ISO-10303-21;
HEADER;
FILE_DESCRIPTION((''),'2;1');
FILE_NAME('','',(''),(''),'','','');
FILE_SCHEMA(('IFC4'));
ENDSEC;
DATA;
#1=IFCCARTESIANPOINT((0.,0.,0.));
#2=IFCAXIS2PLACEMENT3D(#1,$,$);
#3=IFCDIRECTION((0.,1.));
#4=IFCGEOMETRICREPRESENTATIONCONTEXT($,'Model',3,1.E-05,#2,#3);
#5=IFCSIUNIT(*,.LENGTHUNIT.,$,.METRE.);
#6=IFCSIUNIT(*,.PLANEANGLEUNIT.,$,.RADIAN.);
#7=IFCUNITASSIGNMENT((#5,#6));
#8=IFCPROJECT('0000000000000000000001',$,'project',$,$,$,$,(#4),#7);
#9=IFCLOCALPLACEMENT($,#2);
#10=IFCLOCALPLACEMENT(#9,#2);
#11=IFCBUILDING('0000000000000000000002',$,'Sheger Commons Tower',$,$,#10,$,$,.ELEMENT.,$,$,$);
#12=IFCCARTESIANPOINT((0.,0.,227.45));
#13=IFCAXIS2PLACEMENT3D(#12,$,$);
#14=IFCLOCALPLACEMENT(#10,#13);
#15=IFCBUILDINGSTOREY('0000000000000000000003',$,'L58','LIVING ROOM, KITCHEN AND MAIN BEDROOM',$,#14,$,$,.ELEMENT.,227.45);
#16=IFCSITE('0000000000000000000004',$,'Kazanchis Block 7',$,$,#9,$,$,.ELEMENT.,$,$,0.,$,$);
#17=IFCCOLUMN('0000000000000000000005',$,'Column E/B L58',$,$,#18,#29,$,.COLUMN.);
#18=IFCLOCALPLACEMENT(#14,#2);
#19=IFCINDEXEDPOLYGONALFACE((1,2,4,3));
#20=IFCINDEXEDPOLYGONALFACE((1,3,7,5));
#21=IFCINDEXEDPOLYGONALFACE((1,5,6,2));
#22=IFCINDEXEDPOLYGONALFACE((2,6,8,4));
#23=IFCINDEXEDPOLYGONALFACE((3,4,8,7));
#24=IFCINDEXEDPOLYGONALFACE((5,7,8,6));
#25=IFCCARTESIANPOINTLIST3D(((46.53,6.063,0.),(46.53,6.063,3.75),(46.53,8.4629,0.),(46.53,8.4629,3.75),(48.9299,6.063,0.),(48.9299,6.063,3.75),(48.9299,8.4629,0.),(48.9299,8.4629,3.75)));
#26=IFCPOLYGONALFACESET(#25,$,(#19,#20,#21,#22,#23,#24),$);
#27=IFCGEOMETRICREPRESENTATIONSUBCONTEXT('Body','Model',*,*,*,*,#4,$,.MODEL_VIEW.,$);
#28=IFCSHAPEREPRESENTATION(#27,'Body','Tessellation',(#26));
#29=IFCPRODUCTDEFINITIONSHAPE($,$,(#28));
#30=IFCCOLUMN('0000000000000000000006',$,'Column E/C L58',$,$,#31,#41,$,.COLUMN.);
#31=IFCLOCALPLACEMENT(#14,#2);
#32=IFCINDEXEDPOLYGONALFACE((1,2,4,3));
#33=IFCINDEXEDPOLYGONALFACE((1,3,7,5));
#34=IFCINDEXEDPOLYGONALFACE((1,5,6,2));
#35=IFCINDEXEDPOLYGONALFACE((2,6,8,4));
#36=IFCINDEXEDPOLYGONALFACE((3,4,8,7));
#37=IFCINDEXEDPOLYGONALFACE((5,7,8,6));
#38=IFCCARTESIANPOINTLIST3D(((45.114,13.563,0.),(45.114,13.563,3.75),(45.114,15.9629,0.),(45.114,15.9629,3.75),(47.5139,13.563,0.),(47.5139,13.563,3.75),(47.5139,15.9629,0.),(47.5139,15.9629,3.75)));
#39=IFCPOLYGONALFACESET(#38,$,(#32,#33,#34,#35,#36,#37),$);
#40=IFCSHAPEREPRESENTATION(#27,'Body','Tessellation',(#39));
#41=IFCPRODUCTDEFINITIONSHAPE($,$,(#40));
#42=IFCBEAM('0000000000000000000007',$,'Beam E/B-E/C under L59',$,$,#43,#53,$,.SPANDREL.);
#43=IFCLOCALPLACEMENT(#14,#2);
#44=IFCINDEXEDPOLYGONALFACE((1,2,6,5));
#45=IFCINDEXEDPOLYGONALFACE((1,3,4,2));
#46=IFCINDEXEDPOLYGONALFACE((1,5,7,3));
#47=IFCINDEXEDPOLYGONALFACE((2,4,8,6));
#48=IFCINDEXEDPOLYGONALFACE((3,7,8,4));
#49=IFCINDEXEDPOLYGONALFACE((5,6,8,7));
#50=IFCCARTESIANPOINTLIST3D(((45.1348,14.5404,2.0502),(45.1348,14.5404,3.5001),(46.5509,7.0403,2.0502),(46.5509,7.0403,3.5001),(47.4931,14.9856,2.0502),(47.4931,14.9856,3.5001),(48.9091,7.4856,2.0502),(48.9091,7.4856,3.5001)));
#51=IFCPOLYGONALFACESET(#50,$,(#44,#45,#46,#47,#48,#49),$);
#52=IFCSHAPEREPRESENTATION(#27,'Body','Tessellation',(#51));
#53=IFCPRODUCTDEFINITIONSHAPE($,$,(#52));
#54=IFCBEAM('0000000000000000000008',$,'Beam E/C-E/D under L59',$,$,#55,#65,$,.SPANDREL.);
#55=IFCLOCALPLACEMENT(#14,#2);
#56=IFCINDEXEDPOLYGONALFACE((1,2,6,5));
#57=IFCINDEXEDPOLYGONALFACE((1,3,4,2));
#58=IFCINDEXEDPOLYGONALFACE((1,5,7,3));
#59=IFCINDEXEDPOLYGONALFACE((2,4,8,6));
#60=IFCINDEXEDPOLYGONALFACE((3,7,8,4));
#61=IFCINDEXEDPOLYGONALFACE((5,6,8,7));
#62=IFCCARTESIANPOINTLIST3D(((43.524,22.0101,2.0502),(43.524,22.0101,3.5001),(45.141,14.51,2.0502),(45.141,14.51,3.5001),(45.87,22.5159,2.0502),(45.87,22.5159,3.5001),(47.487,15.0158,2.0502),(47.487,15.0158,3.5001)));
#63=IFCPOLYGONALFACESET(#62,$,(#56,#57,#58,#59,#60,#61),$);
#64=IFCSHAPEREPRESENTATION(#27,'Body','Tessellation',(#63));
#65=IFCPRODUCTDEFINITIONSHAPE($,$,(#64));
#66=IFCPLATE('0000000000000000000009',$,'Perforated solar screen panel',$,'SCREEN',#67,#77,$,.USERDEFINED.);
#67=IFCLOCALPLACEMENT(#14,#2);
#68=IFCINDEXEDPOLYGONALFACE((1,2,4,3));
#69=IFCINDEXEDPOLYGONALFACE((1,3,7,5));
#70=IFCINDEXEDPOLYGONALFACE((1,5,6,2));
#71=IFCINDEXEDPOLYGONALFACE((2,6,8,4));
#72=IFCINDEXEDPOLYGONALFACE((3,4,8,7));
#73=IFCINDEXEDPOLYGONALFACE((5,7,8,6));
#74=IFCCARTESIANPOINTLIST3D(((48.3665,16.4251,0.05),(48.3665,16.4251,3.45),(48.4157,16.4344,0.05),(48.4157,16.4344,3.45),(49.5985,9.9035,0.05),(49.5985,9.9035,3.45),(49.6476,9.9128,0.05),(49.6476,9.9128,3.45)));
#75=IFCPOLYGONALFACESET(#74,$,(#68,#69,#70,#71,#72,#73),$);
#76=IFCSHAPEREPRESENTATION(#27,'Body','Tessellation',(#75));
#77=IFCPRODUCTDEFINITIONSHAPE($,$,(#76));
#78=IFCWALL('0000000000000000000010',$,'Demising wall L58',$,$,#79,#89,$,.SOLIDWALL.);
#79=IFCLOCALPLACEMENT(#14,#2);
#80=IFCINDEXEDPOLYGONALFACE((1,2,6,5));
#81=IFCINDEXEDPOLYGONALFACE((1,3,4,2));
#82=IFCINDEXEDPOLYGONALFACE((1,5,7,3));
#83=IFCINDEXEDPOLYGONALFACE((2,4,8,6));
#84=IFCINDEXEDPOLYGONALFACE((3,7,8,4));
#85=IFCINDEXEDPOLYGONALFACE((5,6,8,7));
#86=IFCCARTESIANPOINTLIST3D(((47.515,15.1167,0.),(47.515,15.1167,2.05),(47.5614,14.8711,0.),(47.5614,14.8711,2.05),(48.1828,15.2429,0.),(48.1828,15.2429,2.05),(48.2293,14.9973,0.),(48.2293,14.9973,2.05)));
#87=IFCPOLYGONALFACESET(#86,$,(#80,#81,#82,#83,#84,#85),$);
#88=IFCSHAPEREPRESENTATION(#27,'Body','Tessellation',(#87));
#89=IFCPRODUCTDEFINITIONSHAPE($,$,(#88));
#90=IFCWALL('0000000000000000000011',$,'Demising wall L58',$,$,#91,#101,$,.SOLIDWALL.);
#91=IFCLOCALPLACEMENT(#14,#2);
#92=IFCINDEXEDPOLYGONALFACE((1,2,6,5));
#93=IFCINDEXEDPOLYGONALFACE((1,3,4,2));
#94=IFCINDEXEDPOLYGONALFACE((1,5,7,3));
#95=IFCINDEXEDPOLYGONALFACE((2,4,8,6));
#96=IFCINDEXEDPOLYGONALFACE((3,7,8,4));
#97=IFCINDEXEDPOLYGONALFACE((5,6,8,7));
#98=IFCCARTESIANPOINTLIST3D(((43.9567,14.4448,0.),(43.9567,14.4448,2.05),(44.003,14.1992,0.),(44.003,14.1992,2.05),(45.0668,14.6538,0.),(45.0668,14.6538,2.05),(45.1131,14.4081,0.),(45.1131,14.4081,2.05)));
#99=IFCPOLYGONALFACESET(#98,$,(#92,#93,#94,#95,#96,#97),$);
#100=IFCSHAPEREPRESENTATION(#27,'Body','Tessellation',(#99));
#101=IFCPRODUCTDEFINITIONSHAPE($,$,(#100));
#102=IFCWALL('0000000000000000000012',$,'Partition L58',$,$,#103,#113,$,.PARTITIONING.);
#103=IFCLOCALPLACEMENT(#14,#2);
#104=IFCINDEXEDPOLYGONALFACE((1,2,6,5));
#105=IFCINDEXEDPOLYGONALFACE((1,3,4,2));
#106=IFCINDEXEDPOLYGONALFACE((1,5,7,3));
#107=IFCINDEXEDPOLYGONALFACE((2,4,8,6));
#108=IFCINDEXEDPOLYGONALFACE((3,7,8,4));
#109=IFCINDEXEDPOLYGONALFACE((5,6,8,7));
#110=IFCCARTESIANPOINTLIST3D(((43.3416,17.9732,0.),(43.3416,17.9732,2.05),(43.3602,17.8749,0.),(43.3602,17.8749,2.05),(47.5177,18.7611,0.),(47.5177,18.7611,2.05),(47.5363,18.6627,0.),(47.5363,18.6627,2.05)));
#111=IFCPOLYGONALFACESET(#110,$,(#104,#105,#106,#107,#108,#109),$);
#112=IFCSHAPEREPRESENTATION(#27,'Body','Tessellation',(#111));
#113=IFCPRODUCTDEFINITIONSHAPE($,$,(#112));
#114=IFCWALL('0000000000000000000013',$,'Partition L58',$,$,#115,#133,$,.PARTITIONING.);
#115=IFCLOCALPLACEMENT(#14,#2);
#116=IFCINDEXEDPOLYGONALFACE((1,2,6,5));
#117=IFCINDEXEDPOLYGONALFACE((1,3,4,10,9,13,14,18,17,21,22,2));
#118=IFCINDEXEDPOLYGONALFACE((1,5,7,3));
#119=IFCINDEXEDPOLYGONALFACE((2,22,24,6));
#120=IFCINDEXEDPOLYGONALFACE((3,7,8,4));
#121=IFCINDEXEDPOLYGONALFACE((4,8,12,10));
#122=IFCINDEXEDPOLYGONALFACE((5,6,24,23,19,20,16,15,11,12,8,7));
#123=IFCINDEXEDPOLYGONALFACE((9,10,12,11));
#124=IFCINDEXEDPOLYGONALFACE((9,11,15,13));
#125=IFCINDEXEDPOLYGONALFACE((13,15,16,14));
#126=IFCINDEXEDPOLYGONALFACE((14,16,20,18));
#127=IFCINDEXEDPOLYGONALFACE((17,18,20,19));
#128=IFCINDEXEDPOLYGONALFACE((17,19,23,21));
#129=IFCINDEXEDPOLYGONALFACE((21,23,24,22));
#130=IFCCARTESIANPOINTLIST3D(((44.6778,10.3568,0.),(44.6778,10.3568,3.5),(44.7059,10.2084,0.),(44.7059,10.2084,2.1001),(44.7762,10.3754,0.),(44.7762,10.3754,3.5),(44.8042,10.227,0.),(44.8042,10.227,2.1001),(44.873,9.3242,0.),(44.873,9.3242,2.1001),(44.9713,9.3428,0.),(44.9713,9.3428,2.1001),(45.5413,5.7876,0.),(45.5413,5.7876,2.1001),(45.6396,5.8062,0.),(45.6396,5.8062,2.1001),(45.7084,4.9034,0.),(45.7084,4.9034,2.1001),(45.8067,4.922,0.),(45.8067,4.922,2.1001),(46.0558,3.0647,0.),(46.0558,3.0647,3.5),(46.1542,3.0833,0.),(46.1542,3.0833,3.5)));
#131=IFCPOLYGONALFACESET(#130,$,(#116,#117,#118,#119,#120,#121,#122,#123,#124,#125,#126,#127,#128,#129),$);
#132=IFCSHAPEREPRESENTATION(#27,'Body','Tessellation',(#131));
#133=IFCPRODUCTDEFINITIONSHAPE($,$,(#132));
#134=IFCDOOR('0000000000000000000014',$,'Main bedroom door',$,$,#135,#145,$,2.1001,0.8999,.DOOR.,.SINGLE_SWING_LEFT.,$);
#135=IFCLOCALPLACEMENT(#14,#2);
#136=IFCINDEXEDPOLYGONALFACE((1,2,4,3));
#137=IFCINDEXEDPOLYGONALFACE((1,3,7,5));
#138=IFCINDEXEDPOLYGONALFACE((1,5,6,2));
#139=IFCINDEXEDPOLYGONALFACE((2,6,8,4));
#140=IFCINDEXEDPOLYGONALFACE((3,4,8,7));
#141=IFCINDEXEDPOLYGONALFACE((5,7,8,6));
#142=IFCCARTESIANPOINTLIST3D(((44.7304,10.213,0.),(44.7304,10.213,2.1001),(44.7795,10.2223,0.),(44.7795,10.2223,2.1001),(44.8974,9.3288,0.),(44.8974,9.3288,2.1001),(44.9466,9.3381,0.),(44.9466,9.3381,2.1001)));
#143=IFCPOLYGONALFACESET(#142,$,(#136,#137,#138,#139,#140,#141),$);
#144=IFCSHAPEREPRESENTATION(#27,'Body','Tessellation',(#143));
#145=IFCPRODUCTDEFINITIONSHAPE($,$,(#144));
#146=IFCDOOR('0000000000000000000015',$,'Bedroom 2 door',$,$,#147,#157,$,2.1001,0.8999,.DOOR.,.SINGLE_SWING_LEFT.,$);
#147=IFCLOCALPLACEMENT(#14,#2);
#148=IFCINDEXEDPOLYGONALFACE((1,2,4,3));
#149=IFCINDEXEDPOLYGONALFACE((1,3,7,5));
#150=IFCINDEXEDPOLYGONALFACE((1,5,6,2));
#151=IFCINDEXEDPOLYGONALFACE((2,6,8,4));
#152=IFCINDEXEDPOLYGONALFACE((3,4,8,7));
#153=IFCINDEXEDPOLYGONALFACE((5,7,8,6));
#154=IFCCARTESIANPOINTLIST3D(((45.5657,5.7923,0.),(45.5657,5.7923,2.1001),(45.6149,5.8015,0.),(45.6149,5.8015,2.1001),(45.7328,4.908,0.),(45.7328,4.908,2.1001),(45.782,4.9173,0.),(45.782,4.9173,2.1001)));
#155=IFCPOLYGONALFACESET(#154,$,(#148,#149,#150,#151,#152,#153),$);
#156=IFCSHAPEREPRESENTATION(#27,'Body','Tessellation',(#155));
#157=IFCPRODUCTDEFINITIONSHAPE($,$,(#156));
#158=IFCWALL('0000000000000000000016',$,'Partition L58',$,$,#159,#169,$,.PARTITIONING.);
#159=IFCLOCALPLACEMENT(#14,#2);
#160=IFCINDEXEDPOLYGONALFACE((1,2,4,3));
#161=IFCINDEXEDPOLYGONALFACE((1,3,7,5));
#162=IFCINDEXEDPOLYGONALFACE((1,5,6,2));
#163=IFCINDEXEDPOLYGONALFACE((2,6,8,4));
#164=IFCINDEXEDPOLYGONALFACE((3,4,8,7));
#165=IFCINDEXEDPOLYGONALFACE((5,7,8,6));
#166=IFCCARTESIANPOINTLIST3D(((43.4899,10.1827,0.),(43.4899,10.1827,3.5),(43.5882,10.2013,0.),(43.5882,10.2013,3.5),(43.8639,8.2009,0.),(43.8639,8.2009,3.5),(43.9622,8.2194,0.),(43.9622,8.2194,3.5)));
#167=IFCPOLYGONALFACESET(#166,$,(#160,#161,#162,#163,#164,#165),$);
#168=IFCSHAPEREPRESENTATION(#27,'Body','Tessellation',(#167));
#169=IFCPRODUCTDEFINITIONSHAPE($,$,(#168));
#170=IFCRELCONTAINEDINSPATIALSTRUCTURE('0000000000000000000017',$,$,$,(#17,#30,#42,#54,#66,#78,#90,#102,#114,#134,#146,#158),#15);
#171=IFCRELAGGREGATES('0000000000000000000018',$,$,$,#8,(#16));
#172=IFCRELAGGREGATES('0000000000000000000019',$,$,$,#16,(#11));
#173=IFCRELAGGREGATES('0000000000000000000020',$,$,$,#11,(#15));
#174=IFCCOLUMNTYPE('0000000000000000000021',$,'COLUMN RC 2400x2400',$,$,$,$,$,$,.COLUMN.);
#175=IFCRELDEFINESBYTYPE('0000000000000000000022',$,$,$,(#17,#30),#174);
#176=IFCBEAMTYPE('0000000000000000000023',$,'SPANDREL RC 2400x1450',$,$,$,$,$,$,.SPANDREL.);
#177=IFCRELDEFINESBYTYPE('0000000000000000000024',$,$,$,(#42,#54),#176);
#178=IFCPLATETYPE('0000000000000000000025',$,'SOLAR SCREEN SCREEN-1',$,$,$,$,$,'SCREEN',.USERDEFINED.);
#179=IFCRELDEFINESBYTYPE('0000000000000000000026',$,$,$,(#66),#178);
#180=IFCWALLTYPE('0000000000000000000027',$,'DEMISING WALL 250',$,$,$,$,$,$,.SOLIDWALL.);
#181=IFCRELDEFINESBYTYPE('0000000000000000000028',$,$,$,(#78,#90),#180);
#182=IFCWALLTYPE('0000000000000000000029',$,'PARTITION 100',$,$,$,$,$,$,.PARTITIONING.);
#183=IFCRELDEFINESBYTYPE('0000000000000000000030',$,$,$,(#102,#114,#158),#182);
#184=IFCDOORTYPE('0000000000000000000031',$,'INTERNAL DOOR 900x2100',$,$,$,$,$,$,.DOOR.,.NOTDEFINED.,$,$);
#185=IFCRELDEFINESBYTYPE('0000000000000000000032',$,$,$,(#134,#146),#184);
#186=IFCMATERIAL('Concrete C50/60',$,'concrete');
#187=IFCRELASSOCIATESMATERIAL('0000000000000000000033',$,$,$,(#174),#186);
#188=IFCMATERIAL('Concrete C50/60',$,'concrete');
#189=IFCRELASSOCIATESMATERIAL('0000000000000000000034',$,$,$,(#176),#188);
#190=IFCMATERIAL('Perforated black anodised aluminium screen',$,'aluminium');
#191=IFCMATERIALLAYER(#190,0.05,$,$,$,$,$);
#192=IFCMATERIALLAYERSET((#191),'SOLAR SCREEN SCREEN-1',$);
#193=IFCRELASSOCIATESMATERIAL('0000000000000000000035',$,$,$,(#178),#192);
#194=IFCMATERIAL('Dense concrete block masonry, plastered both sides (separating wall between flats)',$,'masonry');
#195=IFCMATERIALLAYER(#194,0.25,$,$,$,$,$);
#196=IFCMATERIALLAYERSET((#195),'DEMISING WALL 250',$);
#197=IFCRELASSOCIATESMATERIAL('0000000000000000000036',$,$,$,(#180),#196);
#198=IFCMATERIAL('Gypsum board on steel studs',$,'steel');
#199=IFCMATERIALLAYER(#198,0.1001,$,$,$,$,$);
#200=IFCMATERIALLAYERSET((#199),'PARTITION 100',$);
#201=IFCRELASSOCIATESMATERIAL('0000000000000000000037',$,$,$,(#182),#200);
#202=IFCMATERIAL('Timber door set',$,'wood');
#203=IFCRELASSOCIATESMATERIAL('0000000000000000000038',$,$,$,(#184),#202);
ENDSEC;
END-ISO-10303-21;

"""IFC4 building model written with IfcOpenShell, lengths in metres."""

from ifc_helpers import new_model, si_unit, direction, frame, frame_2d, origin, origin_2d, place, context, subcontext, project, spatial, rectangle, extrude, material, layer, layer_set, material_profile, profile_set, type_object, element, fill, save


model = new_model("IFC4")

# Units and contexts
model_context = context("Model", 3, precision=1e-05, world=origin(), true_north=direction((0.0, 1.0)))
body_context = subcontext(model_context, "Body", "Model", "MODEL_VIEW")
ifc_project = project(units=[si_unit("LENGTHUNIT", "METRE"), si_unit("PLANEANGLEUNIT", "RADIAN")], contexts=[model_context])

# Site, building, storey
site_placement = place(None, origin())
site = spatial("IfcSite", under=ifc_project, at=site_placement, Name="Kazanchis Block 7", CompositionType="ELEMENT", RefElevation=0.0)
building_placement = place(site_placement, origin())
building = spatial("IfcBuilding", under=site, at=building_placement, Name="Sheger Commons Tower", CompositionType="ELEMENT")
storey_placement = place(building_placement, frame((0.0, 0.0, 227.45)))
storey = spatial("IfcBuildingStorey", under=building, at=storey_placement, Name="L58", Description="LIVING ROOM, KITCHEN AND MAIN BEDROOM", CompositionType="ELEMENT", Elevation=227.45)

# Columns
ifc_material_1 = material(Name="Concrete C50/60", Category="concrete")
ifc_material_profile_1 = material_profile(ifc_material_1, rectangle(XDim=2.3999, YDim=2.3999, at=origin_2d()), Name="RC 2400x2400")
ifc_profile_set_1 = profile_set([ifc_material_profile_1], Name="Concrete C50/60")
column_type = type_object("IfcColumnType", Name="COLUMN RC 2400x2400", PredefinedType="COLUMN", material=ifc_profile_set_1)
for number, where, z_axis, x_axis, name in (
    (1, (47.73, 7.2629, 0.0), (0.0, 0.0, 1.0), (1.0, 0.0, 0.0), "Column E/B L58"),
    (2, (46.314, 14.7629, 0.0), (0.0, 0.0, 1.0), (1.0, 0.0, 0.0), "Column E/C L58"),
):
    element("IfcColumn", number, at=place(storey_placement, frame(where, z_axis=z_axis, x_axis=x_axis)), inside=storey, type_object=column_type, Name=name, PredefinedType="COLUMN", context=body_context, shape_type="SweptSolid", body=[
        extrude(rectangle(XDim=2.3999, YDim=2.3999, at=origin_2d()), origin(), (0.0, 0.0, 1.0), 3.75),
    ])

# Beams
ifc_material_2 = material(Name="Concrete C50/60", Category="concrete")
ifc_material_profile_2 = material_profile(ifc_material_2, rectangle(XDim=2.3999, YDim=1.45, at=origin_2d()), Name="RC 2400x1450")
ifc_profile_set_2 = profile_set([ifc_material_profile_2], Name="Concrete C50/60")
beam_type = type_object("IfcBeamType", Name="SPANDREL RC 2400x1450", PredefinedType="SPANDREL", material=ifc_profile_set_2)
beam_1_placement = place(storey_placement, frame((47.73, 7.2629, 2.7751), z_axis=(-0.185524, 0.98264, 0.0), x_axis=(-0.98264, -0.185524, 0.0)))
element("IfcBeam", 3, at=beam_1_placement, inside=storey, type_object=beam_type, Name="Beam E/B-E/C under L59", PredefinedType="SPANDREL", context=body_context, shape_type="SweptSolid", body=[
    extrude(rectangle(XDim=2.3999, YDim=1.45, at=origin_2d()), origin(), (0.0, 0.0, 1.0), 7.6326),
])
beam_2_placement = place(storey_placement, frame((46.314, 14.7629, 2.7751), z_axis=(-0.21075, 0.97754, 0.0), x_axis=(-0.97754, -0.21075, 0.0)))
element("IfcBeam", 4, at=beam_2_placement, inside=storey, type_object=beam_type, Name="Beam E/C-E/D under L59", PredefinedType="SPANDREL", context=body_context, shape_type="SweptSolid", body=[
    extrude(rectangle(XDim=2.3999, YDim=1.45, at=origin_2d()), origin(), (0.0, 0.0, 1.0), 7.6724),
])

# Plate
ifc_material_3 = material(Name="Perforated black anodised aluminium screen", Category="aluminium")
ifc_layer_1 = layer(ifc_material_3, 0.05)
ifc_layer_set_1 = layer_set([ifc_layer_1], Name="SOLAR SCREEN SCREEN-1")
plate_type = type_object("IfcPlateType", Name="SOLAR SCREEN SCREEN-1", ElementType="SCREEN", PredefinedType="USERDEFINED", material=ifc_layer_set_1)
plate_placement = place(storey_placement, frame((49.0071, 13.1689, 0.05), z_axis=(0.0, 0.0, 1.0), x_axis=(-0.185615, 0.982623, 0.0)))
element("IfcPlate", 5, at=plate_placement, inside=storey, type_object=plate_type, Name="Perforated solar screen panel", ObjectType="SCREEN", PredefinedType="USERDEFINED", context=body_context, shape_type="SweptSolid", body=[
    extrude(rectangle(XDim=6.637, YDim=0.05, at=origin_2d()), origin(), (0.0, 0.0, 1.0), 3.3999),
])

# Walls
ifc_material_4 = material(Name="Dense concrete block masonry, plastered both sides (separating wall between flats)", Category="masonry")
ifc_layer_2 = layer(ifc_material_4, 0.25)
ifc_layer_set_2 = layer_set([ifc_layer_2], Name="DEMISING WALL 250")
wall_type_1 = type_object("IfcWallType", Name="DEMISING WALL 250", PredefinedType="SOLIDWALL", material=ifc_layer_set_2)
wall_1_placement = place(storey_placement, frame((48.2061, 15.1201, 0.0), z_axis=(0.0, 0.0, 1.0), x_axis=(-0.982611, -0.185676, 0.0)))
element("IfcWall", 6, at=wall_1_placement, inside=storey, type_object=wall_type_1, Name="Demising wall L58", PredefinedType="SOLIDWALL", context=body_context, shape_type="SweptSolid", body=[
    extrude(rectangle(XDim=0.6797, YDim=0.25, at=frame_2d((0.3398, 0.0))), origin(), (0.0, 0.0, 1.0), 2.05),
])
wall_2_placement = place(storey_placement, frame((45.0901, 14.531, 0.0), z_axis=(0.0, 0.0, 1.0), x_axis=(-0.982737, -0.185006, 0.0)))
element("IfcWall", 7, at=wall_2_placement, inside=storey, type_object=wall_type_1, Name="Demising wall L58", PredefinedType="SOLIDWALL", context=body_context, shape_type="SweptSolid", body=[
    extrude(rectangle(XDim=1.1296, YDim=0.25, at=frame_2d((0.5649, 0.0))), origin(), (0.0, 0.0, 1.0), 2.05),
])
ifc_material_5 = material(Name="Gypsum board on steel studs", Category="steel")
ifc_layer_3 = layer(ifc_material_5, 0.1001)
ifc_layer_set_3 = layer_set([ifc_layer_3], Name="PARTITION 100")
wall_type_2 = type_object("IfcWallType", Name="PARTITION 100", PredefinedType="PARTITIONING", material=ifc_layer_set_3)
wall_3_placement = place(storey_placement, frame((47.5271, 18.7119, 0.0), z_axis=(0.0, 0.0, 1.0), x_axis=(-0.982665, -0.185388, 0.0)))
element("IfcWall", 8, at=wall_3_placement, inside=storey, type_object=wall_type_2, Name="Partition L58", PredefinedType="PARTITIONING", context=body_context, shape_type="SweptSolid", body=[
    extrude(rectangle(XDim=4.2498, YDim=0.1001, at=frame_2d((2.125, 0.0))), origin(), (0.0, 0.0, 1.0), 2.05),
])

# Wall, openings, doors
wall_4_placement = place(storey_placement, frame((44.7271, 10.366, 0.0), z_axis=(0.0, 0.0, 1.0), x_axis=(0.185679, -0.98261, 0.0)))
wall_4 = element("IfcWall", 9, at=wall_4_placement, inside=storey, type_object=wall_type_2, Name="Partition L58", PredefinedType="PARTITIONING", context=body_context, shape_type="SweptSolid", body=[
    extrude(rectangle(XDim=7.4211, YDim=0.1001, at=frame_2d((3.7104, 0.0))), origin(), (0.0, 0.0, 1.0), 3.5),
])
opening_1_placement = place(wall_4_placement, frame((0.1509, 0.0, 0.0)))
opening_1 = element("IfcOpeningElement", 10, at=opening_1_placement, cuts=wall_4, PredefinedType="OPENING", context=body_context, shape_type="SweptSolid", body=[
    extrude(rectangle(XDim=0.8999, YDim=2.1001, at=frame_2d((0.45, 1.05))), frame((0.0, 0.0601, 0.0), z_axis=(0.0, -1.0, 0.0), x_axis=(1.0, 0.0, 0.0)), (0.0, 0.0, 1.0), 0.1201),
])
opening_2_placement = place(wall_4_placement, frame((4.6499, 0.0, 0.0)))
opening_2 = element("IfcOpeningElement", 11, at=opening_2_placement, cuts=wall_4, PredefinedType="OPENING", context=body_context, shape_type="SweptSolid", body=[
    extrude(rectangle(XDim=0.8999, YDim=2.1001, at=frame_2d((0.45, 1.05))), frame((0.0, 0.0601, 0.0), z_axis=(0.0, -1.0, 0.0), x_axis=(1.0, 0.0, 0.0)), (0.0, 0.0, 1.0), 0.1201),
])
ifc_material_6 = material(Name="Timber door set", Category="wood")
door_type = type_object("IfcDoorType", Name="INTERNAL DOOR 900x2100", OperationType="NOTDEFINED", PredefinedType="DOOR", material=ifc_material_6)
door_1_placement = place(opening_1_placement, origin())
door_1 = element("IfcDoor", 12, at=door_1_placement, inside=storey, type_object=door_type, Name="Main bedroom door", OperationType="SINGLE_SWING_LEFT", OverallHeight=2.1001, OverallWidth=0.8999, PredefinedType="DOOR", context=body_context, shape_type="SweptSolid", body=[
    extrude(rectangle(XDim=0.8999, YDim=2.1001, at=frame_2d((0.45, 1.05))), frame((0.0, 0.0249, 0.0), z_axis=(0.0, -1.0, 0.0), x_axis=(1.0, 0.0, 0.0)), (0.0, 0.0, 1.0), 0.05),
])
fill(opening_1, door_1)
door_2_placement = place(opening_2_placement, origin())
door_2 = element("IfcDoor", 13, at=door_2_placement, inside=storey, type_object=door_type, Name="Bedroom 2 door", OperationType="SINGLE_SWING_LEFT", OverallHeight=2.1001, OverallWidth=0.8999, PredefinedType="DOOR", context=body_context, shape_type="SweptSolid", body=[
    extrude(rectangle(XDim=0.8999, YDim=2.1001, at=frame_2d((0.45, 1.05))), frame((0.0, 0.0249, 0.0), z_axis=(0.0, -1.0, 0.0), x_axis=(1.0, 0.0, 0.0)), (0.0, 0.0, 1.0), 0.05),
])
fill(opening_2, door_2)

# Wall
wall_5_placement = place(storey_placement, frame((43.5391, 10.1919, 0.0), z_axis=(0.0, 0.0, 1.0), x_axis=(0.185443, -0.982655, 0.0)))
element("IfcWall", 14, at=wall_5_placement, inside=storey, type_object=wall_type_2, Name="Partition L58", PredefinedType="PARTITIONING", context=body_context, shape_type="SweptSolid", body=[
    extrude(rectangle(XDim=2.0168, YDim=0.1001, at=frame_2d((1.0083, 0.0))), origin(), (0.0, 0.0, 1.0), 3.5),
])

save(model, "model.ifc")
